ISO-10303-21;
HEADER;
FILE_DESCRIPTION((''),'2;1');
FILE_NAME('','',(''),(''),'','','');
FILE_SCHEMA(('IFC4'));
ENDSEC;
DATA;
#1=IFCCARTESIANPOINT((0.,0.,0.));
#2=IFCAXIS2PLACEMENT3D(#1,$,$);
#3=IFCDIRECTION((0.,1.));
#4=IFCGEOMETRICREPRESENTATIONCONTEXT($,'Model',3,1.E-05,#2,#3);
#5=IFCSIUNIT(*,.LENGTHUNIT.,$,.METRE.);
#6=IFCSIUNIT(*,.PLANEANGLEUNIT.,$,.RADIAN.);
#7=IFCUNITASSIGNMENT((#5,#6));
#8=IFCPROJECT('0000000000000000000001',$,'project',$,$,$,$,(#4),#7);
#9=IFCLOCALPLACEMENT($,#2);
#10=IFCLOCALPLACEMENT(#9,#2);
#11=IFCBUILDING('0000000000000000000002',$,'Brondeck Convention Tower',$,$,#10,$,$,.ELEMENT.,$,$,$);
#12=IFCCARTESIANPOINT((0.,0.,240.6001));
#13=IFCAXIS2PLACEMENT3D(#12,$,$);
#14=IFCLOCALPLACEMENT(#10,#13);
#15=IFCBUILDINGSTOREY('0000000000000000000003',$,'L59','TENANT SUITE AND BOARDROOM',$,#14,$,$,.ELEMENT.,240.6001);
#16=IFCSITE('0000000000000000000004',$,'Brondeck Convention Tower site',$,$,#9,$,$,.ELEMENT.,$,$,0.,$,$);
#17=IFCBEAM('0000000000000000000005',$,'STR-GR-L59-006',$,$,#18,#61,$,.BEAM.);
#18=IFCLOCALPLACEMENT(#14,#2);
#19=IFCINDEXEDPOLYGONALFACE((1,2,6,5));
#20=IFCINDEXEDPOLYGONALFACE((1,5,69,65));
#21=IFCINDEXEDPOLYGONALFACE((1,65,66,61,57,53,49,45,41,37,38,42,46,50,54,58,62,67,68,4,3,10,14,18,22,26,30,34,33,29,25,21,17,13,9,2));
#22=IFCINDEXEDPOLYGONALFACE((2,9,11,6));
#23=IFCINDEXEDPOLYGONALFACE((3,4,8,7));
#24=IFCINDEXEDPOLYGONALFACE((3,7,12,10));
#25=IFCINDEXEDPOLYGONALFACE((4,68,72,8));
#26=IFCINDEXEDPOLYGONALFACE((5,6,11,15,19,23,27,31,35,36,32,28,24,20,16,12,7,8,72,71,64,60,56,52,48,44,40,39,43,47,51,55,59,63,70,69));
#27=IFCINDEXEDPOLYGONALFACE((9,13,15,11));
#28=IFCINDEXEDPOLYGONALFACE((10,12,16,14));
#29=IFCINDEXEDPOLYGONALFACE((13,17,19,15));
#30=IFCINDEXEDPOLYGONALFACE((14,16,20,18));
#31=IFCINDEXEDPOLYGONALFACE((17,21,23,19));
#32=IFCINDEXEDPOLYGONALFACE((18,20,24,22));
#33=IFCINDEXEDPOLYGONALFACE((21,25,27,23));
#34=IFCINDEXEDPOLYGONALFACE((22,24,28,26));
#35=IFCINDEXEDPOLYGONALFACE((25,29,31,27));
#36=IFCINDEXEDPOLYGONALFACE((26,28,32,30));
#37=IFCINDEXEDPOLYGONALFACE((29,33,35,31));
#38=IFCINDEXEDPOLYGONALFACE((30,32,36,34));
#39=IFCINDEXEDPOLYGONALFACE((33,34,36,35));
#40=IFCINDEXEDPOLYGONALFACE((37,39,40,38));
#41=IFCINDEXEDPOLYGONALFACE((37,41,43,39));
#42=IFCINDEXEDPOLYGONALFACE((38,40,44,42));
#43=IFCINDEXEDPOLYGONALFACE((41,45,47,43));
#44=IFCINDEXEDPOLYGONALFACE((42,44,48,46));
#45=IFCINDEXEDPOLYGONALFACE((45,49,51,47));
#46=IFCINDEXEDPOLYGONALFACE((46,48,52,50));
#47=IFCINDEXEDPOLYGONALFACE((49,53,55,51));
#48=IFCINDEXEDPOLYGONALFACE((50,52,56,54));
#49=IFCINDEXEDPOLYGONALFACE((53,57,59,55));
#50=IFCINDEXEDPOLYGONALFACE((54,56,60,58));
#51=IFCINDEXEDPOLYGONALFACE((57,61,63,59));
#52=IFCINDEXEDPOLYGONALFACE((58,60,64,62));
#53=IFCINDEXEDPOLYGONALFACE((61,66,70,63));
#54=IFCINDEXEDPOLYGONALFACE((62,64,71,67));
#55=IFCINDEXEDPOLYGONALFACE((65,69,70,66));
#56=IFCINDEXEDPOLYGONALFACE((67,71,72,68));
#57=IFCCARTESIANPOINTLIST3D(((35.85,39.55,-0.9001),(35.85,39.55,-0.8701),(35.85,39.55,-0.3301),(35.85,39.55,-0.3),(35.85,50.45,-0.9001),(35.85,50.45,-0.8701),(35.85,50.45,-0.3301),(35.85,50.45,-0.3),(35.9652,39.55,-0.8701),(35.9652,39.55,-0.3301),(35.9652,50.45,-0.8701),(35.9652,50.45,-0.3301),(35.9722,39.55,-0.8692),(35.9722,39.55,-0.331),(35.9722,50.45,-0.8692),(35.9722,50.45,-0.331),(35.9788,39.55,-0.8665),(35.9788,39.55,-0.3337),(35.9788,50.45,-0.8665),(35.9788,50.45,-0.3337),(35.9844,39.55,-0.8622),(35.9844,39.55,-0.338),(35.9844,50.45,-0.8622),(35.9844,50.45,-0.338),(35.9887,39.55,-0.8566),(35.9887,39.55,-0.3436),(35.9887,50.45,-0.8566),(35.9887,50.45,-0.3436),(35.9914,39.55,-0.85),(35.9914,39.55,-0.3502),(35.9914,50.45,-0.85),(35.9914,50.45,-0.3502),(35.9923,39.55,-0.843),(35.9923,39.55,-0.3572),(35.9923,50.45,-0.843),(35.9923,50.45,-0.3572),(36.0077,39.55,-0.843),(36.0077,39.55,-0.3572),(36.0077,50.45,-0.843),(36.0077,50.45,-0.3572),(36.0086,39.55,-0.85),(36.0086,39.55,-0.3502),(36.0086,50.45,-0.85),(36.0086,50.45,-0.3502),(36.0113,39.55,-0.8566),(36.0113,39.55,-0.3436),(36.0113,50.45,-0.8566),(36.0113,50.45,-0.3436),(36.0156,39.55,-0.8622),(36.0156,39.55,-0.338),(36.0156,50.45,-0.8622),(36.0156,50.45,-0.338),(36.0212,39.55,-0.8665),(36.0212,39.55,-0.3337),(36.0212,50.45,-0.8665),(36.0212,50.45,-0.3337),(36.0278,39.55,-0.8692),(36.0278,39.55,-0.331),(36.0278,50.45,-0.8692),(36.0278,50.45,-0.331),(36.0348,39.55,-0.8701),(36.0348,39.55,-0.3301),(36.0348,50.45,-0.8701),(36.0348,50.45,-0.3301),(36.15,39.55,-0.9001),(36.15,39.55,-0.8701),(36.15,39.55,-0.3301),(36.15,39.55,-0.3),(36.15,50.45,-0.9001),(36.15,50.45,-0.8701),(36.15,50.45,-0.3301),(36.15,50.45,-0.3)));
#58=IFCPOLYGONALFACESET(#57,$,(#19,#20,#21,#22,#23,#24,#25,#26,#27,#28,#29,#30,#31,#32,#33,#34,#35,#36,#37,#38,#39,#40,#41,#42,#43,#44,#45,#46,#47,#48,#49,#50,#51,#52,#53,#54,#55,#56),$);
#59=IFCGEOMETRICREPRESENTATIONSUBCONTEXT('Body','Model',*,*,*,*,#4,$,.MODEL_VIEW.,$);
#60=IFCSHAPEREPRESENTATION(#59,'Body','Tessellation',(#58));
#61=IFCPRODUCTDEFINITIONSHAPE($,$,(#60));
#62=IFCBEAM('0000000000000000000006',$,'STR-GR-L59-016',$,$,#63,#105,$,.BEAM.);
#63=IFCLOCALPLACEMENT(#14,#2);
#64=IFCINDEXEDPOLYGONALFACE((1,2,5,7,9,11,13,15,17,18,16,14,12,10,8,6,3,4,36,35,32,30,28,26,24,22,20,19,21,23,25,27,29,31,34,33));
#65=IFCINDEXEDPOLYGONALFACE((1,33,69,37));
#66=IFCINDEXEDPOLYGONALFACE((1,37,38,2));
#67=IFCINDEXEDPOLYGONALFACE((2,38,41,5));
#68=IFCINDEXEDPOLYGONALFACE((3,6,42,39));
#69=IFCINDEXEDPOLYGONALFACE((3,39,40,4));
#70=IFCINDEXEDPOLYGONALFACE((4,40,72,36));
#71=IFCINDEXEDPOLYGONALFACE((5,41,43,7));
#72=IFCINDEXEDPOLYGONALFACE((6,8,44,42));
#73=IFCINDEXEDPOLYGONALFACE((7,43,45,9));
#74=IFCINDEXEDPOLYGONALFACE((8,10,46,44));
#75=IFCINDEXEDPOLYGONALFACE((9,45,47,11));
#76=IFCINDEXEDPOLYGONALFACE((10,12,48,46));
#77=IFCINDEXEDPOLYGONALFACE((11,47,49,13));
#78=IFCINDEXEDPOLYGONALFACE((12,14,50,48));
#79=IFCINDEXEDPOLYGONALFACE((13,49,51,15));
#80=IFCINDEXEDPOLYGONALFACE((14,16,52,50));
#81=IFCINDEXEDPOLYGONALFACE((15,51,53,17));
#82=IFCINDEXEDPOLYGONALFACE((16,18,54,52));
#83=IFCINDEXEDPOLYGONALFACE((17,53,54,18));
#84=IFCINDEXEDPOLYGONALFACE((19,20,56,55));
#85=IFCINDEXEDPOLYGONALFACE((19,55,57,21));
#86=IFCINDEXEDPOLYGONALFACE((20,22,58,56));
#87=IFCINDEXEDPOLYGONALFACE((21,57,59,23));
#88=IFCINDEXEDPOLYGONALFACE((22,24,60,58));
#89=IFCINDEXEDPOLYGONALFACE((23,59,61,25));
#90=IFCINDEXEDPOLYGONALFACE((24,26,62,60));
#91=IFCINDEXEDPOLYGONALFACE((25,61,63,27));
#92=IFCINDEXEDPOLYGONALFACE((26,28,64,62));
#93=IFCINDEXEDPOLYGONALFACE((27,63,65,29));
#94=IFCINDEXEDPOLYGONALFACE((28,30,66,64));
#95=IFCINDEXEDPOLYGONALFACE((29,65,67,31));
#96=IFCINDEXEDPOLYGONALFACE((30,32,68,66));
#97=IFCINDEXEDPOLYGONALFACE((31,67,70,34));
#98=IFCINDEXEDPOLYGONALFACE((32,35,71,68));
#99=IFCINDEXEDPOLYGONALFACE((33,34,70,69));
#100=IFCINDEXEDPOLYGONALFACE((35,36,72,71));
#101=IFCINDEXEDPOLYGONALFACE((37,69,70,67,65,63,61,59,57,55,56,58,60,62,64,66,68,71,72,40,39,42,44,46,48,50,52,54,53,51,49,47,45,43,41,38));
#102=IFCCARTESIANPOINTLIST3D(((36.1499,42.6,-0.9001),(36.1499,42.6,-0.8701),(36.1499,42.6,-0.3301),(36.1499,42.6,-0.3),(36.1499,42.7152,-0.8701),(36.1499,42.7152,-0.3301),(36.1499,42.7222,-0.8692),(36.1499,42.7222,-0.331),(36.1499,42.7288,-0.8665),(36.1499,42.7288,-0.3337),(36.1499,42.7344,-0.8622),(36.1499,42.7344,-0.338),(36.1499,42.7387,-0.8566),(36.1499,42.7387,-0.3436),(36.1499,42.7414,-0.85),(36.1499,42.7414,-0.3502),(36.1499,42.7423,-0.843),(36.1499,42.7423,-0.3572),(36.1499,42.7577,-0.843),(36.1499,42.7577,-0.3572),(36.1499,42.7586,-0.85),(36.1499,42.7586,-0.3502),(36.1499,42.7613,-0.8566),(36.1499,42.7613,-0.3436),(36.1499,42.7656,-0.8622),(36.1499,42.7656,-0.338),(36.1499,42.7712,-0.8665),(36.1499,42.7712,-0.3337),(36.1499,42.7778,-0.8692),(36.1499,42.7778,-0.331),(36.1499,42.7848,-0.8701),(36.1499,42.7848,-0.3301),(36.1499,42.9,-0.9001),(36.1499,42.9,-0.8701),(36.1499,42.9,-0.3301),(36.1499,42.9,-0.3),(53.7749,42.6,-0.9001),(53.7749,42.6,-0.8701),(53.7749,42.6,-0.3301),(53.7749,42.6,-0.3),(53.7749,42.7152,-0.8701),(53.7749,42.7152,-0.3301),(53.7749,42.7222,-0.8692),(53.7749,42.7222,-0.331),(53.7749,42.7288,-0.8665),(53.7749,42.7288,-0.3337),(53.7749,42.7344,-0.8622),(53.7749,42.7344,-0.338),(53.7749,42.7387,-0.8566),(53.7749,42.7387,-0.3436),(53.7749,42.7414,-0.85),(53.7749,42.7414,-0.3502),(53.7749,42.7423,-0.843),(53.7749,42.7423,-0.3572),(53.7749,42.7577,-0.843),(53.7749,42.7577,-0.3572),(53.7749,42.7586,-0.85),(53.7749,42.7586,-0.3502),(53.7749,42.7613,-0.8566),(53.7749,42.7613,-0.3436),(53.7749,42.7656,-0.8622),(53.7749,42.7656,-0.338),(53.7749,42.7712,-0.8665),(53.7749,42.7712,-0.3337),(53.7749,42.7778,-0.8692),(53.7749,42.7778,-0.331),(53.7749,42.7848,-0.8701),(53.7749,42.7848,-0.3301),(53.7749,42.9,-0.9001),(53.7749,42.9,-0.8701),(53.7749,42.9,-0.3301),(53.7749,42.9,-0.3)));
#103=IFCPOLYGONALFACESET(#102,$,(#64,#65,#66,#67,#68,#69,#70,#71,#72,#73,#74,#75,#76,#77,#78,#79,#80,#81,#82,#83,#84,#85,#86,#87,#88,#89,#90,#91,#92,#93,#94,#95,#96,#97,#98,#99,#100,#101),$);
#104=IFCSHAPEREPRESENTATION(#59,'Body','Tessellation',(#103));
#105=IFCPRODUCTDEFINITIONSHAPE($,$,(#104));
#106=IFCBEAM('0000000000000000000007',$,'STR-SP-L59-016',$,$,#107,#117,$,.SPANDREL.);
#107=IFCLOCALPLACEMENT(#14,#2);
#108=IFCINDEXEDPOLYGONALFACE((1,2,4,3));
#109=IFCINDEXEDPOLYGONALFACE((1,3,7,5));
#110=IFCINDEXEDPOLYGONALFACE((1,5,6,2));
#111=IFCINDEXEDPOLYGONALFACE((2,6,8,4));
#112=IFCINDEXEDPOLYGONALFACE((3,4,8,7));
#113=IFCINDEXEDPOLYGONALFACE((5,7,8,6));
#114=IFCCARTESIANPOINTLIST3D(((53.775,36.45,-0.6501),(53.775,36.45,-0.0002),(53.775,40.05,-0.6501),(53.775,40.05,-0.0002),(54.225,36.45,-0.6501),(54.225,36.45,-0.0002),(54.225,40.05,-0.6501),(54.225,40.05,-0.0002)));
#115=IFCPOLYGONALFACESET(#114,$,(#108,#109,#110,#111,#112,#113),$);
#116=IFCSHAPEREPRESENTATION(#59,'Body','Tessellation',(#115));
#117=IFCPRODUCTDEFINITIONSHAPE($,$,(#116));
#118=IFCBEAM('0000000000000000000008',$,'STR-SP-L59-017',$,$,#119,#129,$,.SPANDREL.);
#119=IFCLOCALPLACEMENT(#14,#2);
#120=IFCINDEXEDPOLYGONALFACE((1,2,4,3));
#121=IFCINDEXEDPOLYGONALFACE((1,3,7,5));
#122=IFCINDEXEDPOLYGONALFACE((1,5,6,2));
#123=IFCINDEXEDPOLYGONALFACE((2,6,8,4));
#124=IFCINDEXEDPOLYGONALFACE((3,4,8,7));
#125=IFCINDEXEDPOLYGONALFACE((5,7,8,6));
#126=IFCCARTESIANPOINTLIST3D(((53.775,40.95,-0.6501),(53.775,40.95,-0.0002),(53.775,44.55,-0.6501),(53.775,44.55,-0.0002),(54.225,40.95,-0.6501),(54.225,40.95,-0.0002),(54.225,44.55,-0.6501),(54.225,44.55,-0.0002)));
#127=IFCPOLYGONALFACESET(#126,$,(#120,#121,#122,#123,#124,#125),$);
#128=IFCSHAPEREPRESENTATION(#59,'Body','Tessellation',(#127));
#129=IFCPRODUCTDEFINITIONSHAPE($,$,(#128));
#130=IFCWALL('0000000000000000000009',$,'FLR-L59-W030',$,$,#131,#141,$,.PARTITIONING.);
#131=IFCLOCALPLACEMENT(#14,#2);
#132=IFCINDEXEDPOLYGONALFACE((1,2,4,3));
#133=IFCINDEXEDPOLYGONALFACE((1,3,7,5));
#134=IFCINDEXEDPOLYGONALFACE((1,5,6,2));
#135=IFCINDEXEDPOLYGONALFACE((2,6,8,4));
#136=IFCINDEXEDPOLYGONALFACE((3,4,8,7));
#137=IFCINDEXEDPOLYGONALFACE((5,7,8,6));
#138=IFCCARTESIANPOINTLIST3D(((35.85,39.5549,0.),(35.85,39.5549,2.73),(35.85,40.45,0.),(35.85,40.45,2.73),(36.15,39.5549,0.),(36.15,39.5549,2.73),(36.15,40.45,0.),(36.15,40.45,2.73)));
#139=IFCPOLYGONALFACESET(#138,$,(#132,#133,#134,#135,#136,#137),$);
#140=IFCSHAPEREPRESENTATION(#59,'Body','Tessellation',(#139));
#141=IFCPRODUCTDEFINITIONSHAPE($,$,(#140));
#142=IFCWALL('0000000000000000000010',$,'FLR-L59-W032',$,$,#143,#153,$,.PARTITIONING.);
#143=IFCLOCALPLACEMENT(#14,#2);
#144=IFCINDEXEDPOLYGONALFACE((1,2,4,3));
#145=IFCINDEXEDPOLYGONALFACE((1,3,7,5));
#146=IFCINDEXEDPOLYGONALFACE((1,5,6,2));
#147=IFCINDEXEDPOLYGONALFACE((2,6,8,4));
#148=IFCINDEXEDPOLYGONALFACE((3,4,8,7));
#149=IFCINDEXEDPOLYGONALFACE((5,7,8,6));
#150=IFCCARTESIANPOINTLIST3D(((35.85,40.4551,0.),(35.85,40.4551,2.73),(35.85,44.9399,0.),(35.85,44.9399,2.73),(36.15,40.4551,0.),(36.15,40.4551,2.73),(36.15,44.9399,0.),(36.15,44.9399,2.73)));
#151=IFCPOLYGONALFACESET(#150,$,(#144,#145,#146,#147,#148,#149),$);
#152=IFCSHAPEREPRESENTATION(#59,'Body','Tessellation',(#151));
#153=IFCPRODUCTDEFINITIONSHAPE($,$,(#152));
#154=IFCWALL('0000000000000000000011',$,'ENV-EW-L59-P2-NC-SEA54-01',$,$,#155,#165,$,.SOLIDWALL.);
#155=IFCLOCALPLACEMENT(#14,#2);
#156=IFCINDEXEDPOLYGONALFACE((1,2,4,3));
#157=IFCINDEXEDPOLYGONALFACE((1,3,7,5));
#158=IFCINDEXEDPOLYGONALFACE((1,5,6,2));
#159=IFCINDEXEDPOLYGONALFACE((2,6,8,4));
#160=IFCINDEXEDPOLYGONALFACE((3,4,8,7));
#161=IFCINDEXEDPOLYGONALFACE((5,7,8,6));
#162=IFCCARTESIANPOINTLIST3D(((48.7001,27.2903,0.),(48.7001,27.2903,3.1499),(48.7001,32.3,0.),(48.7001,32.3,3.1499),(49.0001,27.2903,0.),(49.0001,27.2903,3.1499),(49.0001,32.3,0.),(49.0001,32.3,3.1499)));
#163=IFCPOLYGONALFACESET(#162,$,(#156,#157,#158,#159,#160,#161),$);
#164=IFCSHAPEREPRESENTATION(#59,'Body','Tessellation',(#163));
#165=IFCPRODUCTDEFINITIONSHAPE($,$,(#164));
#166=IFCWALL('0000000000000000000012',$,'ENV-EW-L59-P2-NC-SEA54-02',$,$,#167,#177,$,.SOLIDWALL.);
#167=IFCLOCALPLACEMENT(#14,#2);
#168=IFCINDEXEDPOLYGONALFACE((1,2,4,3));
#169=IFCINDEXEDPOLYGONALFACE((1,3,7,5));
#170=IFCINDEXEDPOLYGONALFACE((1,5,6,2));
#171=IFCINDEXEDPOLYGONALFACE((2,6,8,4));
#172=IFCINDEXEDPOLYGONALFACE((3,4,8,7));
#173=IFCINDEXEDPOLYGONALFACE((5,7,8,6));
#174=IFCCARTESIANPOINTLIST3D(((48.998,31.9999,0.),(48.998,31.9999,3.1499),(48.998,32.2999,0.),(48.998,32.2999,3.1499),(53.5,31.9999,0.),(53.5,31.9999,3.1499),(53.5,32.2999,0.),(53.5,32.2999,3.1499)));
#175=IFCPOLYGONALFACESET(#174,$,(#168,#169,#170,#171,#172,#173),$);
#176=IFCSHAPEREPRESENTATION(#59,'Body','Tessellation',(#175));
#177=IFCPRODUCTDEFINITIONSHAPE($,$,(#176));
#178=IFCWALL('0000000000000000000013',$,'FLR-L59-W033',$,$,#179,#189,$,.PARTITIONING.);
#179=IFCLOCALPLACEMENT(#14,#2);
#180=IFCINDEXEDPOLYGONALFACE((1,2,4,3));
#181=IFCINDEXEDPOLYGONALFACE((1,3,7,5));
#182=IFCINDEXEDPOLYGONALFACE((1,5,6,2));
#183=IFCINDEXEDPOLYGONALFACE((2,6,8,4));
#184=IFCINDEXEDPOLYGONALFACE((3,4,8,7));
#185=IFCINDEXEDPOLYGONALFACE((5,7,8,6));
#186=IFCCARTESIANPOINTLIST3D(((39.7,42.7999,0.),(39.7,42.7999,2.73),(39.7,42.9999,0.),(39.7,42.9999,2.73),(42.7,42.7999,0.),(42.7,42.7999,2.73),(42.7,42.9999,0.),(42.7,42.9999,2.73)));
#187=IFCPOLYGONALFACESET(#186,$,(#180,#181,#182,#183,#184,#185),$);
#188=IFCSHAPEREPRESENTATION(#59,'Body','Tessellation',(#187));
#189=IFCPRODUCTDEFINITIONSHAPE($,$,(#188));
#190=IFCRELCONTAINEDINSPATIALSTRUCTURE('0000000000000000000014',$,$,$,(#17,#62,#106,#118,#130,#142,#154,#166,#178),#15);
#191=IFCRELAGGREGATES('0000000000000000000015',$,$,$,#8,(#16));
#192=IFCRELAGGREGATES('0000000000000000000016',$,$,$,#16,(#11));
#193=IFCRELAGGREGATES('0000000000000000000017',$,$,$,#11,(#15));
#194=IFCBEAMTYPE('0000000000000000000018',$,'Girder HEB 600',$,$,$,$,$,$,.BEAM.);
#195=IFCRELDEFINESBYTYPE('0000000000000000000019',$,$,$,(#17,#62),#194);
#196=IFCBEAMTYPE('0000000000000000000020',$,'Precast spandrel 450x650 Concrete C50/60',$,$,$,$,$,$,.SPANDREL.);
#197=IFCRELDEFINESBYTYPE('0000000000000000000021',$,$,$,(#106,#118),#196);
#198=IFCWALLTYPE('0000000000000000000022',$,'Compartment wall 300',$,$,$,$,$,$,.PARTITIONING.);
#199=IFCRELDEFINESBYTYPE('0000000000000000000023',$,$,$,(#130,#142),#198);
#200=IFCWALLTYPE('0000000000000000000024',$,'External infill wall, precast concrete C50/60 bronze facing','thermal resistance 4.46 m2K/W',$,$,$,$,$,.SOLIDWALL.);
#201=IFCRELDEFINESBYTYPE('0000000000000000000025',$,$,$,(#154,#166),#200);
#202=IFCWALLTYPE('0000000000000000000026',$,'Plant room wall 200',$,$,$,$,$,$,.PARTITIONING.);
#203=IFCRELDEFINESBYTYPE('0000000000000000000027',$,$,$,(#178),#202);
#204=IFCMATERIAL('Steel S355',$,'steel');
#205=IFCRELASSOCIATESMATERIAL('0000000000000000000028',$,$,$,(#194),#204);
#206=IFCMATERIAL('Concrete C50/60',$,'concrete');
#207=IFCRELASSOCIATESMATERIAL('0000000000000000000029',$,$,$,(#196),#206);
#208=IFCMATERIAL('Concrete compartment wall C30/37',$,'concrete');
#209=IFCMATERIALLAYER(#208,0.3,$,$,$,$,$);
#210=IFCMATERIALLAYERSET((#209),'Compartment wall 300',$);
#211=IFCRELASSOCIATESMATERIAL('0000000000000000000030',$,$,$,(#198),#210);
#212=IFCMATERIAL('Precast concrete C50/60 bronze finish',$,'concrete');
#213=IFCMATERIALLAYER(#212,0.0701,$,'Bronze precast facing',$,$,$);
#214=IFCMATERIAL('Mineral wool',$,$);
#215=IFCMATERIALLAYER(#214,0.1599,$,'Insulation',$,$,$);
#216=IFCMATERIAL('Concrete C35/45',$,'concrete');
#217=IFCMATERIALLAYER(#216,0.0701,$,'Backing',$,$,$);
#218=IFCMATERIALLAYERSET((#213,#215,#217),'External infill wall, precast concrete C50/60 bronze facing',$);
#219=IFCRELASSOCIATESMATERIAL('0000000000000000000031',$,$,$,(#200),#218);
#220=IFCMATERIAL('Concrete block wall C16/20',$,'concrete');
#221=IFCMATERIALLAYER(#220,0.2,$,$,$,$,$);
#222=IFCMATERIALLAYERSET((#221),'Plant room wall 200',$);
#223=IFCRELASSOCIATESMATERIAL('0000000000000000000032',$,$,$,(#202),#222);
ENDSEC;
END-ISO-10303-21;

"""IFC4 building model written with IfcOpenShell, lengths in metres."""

from ifc_helpers import new_model, si_unit, direction, frame, frame_2d, origin, origin_2d, place, context, subcontext, project, spatial, rectangle, i_section, extrude, material, layer, layer_set, material_profile, profile_set, type_object, element, save


model = new_model("IFC4")

# Units and contexts
model_context = context("Model", 3, precision=1e-05, world=origin(), true_north=direction((0.0, 1.0)))
body_context = subcontext(model_context, "Body", "Model", "MODEL_VIEW")
ifc_project = project(units=[si_unit("LENGTHUNIT", "METRE"), si_unit("PLANEANGLEUNIT", "RADIAN")], contexts=[model_context])

# Site, building, storey
site_placement = place(None, origin())
site = spatial("IfcSite", under=ifc_project, at=site_placement, Name="Brondeck Convention Tower site", CompositionType="ELEMENT", RefElevation=0.0)
building_placement = place(site_placement, origin())
building = spatial("IfcBuilding", under=site, at=building_placement, Name="Brondeck Convention Tower", CompositionType="ELEMENT")
storey_placement = place(building_placement, frame((0.0, 0.0, 240.6001)))
storey = spatial("IfcBuildingStorey", under=building, at=storey_placement, Name="L59", Description="TENANT SUITE AND BOARDROOM", CompositionType="ELEMENT", Elevation=240.6001)

# Shared definitions
ifc_material_1 = material(Name="Concrete C50/60", Category="concrete")

# Beams
ifc_material_2 = material(Name="Steel S355", Category="steel")
ifc_material_profile_1 = material_profile(ifc_material_2, i_section(OverallWidth=0.3, OverallDepth=0.6001, WebThickness=0.0154, FlangeThickness=0.03, FilletRadius=0.0271, at=origin_2d()), Name="HEB 600")
ifc_profile_set_1 = profile_set([ifc_material_profile_1], Name="Steel S355")
beam_type_1 = type_object("IfcBeamType", Name="Girder HEB 600", PredefinedType="BEAM", material=ifc_profile_set_1)
beam_1_placement = place(storey_placement, frame((36.0, 39.55, -0.6001), z_axis=(0.0, 1.0, 0.0), x_axis=(-1.0, 0.0, 0.0)))
element("IfcBeam", 1, at=beam_1_placement, inside=storey, type_object=beam_type_1, Name="STR-GR-L59-006", PredefinedType="BEAM", context=body_context, shape_type="SweptSolid", body=[
    extrude(i_section(OverallWidth=0.3, OverallDepth=0.6001, WebThickness=0.0154, FlangeThickness=0.03, FilletRadius=0.0271, at=origin_2d()), origin(), (0.0, 0.0, 1.0), 10.8999),
])
beam_2_placement = place(storey_placement, frame((36.1499, 42.75, -0.6001), z_axis=(1.0, 0.0, 0.0), x_axis=(0.0, 1.0, 0.0)))
element("IfcBeam", 2, at=beam_2_placement, inside=storey, type_object=beam_type_1, Name="STR-GR-L59-016", PredefinedType="BEAM", context=body_context, shape_type="SweptSolid", body=[
    extrude(i_section(OverallWidth=0.3, OverallDepth=0.6001, WebThickness=0.0154, FlangeThickness=0.03, FilletRadius=0.0271, at=origin_2d()), origin(), (0.0, 0.0, 1.0), 17.625),
])
ifc_material_profile_2 = material_profile(ifc_material_1, rectangle(XDim=0.45, YDim=0.6499, at=origin_2d()), Name="Precast spandrel 450x650 Concrete C50/60")
ifc_profile_set_2 = profile_set([ifc_material_profile_2], Name="Concrete C50/60")
beam_type_2 = type_object("IfcBeamType", Name="Precast spandrel 450x650 Concrete C50/60", PredefinedType="SPANDREL", material=ifc_profile_set_2)
for number, where, z_axis, x_axis, name in (
    (3, (54.0, 36.45, -0.3252), (0.0, 1.0, 0.0), (-1.0, 0.0, 0.0), "STR-SP-L59-016"),
    (4, (54.0, 40.95, -0.3252), (0.0, 1.0, 0.0), (-1.0, 0.0, 0.0), "STR-SP-L59-017"),
):
    element("IfcBeam", number, at=place(storey_placement, frame(where, z_axis=z_axis, x_axis=x_axis)), inside=storey, type_object=beam_type_2, Name=name, PredefinedType="SPANDREL", context=body_context, shape_type="SweptSolid", body=[
        extrude(rectangle(XDim=0.45, YDim=0.6499, at=origin_2d()), origin(), (0.0, 0.0, 1.0), 3.6001),
    ])

# Walls
ifc_material_3 = material(Name="Concrete compartment wall C30/37", Category="concrete")
ifc_layer_1 = layer(ifc_material_3, 0.3)
ifc_layer_set_1 = layer_set([ifc_layer_1], Name="Compartment wall 300")
wall_type_1 = type_object("IfcWallType", Name="Compartment wall 300", PredefinedType="PARTITIONING", material=ifc_layer_set_1)
wall_1_placement = place(storey_placement, frame((36.0, 39.5549, 0.0), z_axis=(0.0, 0.0, 1.0), x_axis=(0.0, 1.0, 0.0)))
element("IfcWall", 5, at=wall_1_placement, inside=storey, type_object=wall_type_1, Name="FLR-L59-W030", PredefinedType="PARTITIONING", context=body_context, shape_type="SweptSolid", body=[
    extrude(rectangle(XDim=0.895, YDim=0.3, at=frame_2d((0.4475, 0.0))), origin(), (0.0, 0.0, 1.0), 2.73),
])
wall_2_placement = place(storey_placement, frame((36.0, 40.4551, 0.0), z_axis=(0.0, 0.0, 1.0), x_axis=(0.0, 1.0, 0.0)))
element("IfcWall", 6, at=wall_2_placement, inside=storey, type_object=wall_type_1, Name="FLR-L59-W032", PredefinedType="PARTITIONING", context=body_context, shape_type="SweptSolid", body=[
    extrude(rectangle(XDim=4.4849, YDim=0.3, at=frame_2d((2.2424, 0.0))), origin(), (0.0, 0.0, 1.0), 2.73),
])
ifc_material_4 = material(Name="Precast concrete C50/60 bronze finish", Category="concrete")
ifc_layer_2 = layer(ifc_material_4, 0.0701, Name="Bronze precast facing")
ifc_material_5 = material(Name="Mineral wool")
ifc_layer_3 = layer(ifc_material_5, 0.1599, Name="Insulation")
ifc_material_6 = material(Name="Concrete C35/45", Category="concrete")
ifc_layer_4 = layer(ifc_material_6, 0.0701, Name="Backing")
ifc_layer_set_2 = layer_set([ifc_layer_2, ifc_layer_3, ifc_layer_4], Name="External infill wall, precast concrete C50/60 bronze facing")
wall_type_2 = type_object("IfcWallType", Name="External infill wall, precast concrete C50/60 bronze facing", Description="thermal resistance 4.46 m2K/W", PredefinedType="SOLIDWALL", material=ifc_layer_set_2)
wall_3_placement = place(storey_placement, frame((48.8501, 32.3, 0.0), z_axis=(0.0, 0.0, 1.0), x_axis=(0.0, -1.0, 0.0)))
element("IfcWall", 7, at=wall_3_placement, inside=storey, type_object=wall_type_2, Name="ENV-EW-L59-P2-NC-SEA54-01", PredefinedType="SOLIDWALL", context=body_context, shape_type="SweptSolid", body=[
    extrude(rectangle(XDim=5.0098, YDim=0.3, at=frame_2d((2.5049, 0.0))), origin(), (0.0, 0.0, 1.0), 3.1499),
])
wall_4_placement = place(storey_placement, frame((53.5, 32.1499, 0.0), z_axis=(0.0, 0.0, 1.0), x_axis=(-1.0, 0.0, 0.0)))
element("IfcWall", 8, at=wall_4_placement, inside=storey, type_object=wall_type_2, Name="ENV-EW-L59-P2-NC-SEA54-02", PredefinedType="SOLIDWALL", context=body_context, shape_type="SweptSolid", body=[
    extrude(rectangle(XDim=4.502, YDim=0.3, at=frame_2d((2.251, 0.0))), origin(), (0.0, 0.0, 1.0), 3.1499),
])
ifc_material_7 = material(Name="Concrete block wall C16/20", Category="concrete")
ifc_layer_5 = layer(ifc_material_7, 0.2)
ifc_layer_set_3 = layer_set([ifc_layer_5], Name="Plant room wall 200")
wall_type_3 = type_object("IfcWallType", Name="Plant room wall 200", PredefinedType="PARTITIONING", material=ifc_layer_set_3)
wall_5_placement = place(storey_placement, frame((39.7, 42.8999, 0.0), z_axis=(0.0, 0.0, 1.0), x_axis=(1.0, 0.0, 0.0)))
element("IfcWall", 9, at=wall_5_placement, inside=storey, type_object=wall_type_3, Name="FLR-L59-W033", PredefinedType="PARTITIONING", context=body_context, shape_type="SweptSolid", body=[
    extrude(rectangle(XDim=3.0, YDim=0.2, at=frame_2d((1.5, 0.0))), origin(), (0.0, 0.0, 1.0), 2.73),
])

save(model, "model.ifc")
